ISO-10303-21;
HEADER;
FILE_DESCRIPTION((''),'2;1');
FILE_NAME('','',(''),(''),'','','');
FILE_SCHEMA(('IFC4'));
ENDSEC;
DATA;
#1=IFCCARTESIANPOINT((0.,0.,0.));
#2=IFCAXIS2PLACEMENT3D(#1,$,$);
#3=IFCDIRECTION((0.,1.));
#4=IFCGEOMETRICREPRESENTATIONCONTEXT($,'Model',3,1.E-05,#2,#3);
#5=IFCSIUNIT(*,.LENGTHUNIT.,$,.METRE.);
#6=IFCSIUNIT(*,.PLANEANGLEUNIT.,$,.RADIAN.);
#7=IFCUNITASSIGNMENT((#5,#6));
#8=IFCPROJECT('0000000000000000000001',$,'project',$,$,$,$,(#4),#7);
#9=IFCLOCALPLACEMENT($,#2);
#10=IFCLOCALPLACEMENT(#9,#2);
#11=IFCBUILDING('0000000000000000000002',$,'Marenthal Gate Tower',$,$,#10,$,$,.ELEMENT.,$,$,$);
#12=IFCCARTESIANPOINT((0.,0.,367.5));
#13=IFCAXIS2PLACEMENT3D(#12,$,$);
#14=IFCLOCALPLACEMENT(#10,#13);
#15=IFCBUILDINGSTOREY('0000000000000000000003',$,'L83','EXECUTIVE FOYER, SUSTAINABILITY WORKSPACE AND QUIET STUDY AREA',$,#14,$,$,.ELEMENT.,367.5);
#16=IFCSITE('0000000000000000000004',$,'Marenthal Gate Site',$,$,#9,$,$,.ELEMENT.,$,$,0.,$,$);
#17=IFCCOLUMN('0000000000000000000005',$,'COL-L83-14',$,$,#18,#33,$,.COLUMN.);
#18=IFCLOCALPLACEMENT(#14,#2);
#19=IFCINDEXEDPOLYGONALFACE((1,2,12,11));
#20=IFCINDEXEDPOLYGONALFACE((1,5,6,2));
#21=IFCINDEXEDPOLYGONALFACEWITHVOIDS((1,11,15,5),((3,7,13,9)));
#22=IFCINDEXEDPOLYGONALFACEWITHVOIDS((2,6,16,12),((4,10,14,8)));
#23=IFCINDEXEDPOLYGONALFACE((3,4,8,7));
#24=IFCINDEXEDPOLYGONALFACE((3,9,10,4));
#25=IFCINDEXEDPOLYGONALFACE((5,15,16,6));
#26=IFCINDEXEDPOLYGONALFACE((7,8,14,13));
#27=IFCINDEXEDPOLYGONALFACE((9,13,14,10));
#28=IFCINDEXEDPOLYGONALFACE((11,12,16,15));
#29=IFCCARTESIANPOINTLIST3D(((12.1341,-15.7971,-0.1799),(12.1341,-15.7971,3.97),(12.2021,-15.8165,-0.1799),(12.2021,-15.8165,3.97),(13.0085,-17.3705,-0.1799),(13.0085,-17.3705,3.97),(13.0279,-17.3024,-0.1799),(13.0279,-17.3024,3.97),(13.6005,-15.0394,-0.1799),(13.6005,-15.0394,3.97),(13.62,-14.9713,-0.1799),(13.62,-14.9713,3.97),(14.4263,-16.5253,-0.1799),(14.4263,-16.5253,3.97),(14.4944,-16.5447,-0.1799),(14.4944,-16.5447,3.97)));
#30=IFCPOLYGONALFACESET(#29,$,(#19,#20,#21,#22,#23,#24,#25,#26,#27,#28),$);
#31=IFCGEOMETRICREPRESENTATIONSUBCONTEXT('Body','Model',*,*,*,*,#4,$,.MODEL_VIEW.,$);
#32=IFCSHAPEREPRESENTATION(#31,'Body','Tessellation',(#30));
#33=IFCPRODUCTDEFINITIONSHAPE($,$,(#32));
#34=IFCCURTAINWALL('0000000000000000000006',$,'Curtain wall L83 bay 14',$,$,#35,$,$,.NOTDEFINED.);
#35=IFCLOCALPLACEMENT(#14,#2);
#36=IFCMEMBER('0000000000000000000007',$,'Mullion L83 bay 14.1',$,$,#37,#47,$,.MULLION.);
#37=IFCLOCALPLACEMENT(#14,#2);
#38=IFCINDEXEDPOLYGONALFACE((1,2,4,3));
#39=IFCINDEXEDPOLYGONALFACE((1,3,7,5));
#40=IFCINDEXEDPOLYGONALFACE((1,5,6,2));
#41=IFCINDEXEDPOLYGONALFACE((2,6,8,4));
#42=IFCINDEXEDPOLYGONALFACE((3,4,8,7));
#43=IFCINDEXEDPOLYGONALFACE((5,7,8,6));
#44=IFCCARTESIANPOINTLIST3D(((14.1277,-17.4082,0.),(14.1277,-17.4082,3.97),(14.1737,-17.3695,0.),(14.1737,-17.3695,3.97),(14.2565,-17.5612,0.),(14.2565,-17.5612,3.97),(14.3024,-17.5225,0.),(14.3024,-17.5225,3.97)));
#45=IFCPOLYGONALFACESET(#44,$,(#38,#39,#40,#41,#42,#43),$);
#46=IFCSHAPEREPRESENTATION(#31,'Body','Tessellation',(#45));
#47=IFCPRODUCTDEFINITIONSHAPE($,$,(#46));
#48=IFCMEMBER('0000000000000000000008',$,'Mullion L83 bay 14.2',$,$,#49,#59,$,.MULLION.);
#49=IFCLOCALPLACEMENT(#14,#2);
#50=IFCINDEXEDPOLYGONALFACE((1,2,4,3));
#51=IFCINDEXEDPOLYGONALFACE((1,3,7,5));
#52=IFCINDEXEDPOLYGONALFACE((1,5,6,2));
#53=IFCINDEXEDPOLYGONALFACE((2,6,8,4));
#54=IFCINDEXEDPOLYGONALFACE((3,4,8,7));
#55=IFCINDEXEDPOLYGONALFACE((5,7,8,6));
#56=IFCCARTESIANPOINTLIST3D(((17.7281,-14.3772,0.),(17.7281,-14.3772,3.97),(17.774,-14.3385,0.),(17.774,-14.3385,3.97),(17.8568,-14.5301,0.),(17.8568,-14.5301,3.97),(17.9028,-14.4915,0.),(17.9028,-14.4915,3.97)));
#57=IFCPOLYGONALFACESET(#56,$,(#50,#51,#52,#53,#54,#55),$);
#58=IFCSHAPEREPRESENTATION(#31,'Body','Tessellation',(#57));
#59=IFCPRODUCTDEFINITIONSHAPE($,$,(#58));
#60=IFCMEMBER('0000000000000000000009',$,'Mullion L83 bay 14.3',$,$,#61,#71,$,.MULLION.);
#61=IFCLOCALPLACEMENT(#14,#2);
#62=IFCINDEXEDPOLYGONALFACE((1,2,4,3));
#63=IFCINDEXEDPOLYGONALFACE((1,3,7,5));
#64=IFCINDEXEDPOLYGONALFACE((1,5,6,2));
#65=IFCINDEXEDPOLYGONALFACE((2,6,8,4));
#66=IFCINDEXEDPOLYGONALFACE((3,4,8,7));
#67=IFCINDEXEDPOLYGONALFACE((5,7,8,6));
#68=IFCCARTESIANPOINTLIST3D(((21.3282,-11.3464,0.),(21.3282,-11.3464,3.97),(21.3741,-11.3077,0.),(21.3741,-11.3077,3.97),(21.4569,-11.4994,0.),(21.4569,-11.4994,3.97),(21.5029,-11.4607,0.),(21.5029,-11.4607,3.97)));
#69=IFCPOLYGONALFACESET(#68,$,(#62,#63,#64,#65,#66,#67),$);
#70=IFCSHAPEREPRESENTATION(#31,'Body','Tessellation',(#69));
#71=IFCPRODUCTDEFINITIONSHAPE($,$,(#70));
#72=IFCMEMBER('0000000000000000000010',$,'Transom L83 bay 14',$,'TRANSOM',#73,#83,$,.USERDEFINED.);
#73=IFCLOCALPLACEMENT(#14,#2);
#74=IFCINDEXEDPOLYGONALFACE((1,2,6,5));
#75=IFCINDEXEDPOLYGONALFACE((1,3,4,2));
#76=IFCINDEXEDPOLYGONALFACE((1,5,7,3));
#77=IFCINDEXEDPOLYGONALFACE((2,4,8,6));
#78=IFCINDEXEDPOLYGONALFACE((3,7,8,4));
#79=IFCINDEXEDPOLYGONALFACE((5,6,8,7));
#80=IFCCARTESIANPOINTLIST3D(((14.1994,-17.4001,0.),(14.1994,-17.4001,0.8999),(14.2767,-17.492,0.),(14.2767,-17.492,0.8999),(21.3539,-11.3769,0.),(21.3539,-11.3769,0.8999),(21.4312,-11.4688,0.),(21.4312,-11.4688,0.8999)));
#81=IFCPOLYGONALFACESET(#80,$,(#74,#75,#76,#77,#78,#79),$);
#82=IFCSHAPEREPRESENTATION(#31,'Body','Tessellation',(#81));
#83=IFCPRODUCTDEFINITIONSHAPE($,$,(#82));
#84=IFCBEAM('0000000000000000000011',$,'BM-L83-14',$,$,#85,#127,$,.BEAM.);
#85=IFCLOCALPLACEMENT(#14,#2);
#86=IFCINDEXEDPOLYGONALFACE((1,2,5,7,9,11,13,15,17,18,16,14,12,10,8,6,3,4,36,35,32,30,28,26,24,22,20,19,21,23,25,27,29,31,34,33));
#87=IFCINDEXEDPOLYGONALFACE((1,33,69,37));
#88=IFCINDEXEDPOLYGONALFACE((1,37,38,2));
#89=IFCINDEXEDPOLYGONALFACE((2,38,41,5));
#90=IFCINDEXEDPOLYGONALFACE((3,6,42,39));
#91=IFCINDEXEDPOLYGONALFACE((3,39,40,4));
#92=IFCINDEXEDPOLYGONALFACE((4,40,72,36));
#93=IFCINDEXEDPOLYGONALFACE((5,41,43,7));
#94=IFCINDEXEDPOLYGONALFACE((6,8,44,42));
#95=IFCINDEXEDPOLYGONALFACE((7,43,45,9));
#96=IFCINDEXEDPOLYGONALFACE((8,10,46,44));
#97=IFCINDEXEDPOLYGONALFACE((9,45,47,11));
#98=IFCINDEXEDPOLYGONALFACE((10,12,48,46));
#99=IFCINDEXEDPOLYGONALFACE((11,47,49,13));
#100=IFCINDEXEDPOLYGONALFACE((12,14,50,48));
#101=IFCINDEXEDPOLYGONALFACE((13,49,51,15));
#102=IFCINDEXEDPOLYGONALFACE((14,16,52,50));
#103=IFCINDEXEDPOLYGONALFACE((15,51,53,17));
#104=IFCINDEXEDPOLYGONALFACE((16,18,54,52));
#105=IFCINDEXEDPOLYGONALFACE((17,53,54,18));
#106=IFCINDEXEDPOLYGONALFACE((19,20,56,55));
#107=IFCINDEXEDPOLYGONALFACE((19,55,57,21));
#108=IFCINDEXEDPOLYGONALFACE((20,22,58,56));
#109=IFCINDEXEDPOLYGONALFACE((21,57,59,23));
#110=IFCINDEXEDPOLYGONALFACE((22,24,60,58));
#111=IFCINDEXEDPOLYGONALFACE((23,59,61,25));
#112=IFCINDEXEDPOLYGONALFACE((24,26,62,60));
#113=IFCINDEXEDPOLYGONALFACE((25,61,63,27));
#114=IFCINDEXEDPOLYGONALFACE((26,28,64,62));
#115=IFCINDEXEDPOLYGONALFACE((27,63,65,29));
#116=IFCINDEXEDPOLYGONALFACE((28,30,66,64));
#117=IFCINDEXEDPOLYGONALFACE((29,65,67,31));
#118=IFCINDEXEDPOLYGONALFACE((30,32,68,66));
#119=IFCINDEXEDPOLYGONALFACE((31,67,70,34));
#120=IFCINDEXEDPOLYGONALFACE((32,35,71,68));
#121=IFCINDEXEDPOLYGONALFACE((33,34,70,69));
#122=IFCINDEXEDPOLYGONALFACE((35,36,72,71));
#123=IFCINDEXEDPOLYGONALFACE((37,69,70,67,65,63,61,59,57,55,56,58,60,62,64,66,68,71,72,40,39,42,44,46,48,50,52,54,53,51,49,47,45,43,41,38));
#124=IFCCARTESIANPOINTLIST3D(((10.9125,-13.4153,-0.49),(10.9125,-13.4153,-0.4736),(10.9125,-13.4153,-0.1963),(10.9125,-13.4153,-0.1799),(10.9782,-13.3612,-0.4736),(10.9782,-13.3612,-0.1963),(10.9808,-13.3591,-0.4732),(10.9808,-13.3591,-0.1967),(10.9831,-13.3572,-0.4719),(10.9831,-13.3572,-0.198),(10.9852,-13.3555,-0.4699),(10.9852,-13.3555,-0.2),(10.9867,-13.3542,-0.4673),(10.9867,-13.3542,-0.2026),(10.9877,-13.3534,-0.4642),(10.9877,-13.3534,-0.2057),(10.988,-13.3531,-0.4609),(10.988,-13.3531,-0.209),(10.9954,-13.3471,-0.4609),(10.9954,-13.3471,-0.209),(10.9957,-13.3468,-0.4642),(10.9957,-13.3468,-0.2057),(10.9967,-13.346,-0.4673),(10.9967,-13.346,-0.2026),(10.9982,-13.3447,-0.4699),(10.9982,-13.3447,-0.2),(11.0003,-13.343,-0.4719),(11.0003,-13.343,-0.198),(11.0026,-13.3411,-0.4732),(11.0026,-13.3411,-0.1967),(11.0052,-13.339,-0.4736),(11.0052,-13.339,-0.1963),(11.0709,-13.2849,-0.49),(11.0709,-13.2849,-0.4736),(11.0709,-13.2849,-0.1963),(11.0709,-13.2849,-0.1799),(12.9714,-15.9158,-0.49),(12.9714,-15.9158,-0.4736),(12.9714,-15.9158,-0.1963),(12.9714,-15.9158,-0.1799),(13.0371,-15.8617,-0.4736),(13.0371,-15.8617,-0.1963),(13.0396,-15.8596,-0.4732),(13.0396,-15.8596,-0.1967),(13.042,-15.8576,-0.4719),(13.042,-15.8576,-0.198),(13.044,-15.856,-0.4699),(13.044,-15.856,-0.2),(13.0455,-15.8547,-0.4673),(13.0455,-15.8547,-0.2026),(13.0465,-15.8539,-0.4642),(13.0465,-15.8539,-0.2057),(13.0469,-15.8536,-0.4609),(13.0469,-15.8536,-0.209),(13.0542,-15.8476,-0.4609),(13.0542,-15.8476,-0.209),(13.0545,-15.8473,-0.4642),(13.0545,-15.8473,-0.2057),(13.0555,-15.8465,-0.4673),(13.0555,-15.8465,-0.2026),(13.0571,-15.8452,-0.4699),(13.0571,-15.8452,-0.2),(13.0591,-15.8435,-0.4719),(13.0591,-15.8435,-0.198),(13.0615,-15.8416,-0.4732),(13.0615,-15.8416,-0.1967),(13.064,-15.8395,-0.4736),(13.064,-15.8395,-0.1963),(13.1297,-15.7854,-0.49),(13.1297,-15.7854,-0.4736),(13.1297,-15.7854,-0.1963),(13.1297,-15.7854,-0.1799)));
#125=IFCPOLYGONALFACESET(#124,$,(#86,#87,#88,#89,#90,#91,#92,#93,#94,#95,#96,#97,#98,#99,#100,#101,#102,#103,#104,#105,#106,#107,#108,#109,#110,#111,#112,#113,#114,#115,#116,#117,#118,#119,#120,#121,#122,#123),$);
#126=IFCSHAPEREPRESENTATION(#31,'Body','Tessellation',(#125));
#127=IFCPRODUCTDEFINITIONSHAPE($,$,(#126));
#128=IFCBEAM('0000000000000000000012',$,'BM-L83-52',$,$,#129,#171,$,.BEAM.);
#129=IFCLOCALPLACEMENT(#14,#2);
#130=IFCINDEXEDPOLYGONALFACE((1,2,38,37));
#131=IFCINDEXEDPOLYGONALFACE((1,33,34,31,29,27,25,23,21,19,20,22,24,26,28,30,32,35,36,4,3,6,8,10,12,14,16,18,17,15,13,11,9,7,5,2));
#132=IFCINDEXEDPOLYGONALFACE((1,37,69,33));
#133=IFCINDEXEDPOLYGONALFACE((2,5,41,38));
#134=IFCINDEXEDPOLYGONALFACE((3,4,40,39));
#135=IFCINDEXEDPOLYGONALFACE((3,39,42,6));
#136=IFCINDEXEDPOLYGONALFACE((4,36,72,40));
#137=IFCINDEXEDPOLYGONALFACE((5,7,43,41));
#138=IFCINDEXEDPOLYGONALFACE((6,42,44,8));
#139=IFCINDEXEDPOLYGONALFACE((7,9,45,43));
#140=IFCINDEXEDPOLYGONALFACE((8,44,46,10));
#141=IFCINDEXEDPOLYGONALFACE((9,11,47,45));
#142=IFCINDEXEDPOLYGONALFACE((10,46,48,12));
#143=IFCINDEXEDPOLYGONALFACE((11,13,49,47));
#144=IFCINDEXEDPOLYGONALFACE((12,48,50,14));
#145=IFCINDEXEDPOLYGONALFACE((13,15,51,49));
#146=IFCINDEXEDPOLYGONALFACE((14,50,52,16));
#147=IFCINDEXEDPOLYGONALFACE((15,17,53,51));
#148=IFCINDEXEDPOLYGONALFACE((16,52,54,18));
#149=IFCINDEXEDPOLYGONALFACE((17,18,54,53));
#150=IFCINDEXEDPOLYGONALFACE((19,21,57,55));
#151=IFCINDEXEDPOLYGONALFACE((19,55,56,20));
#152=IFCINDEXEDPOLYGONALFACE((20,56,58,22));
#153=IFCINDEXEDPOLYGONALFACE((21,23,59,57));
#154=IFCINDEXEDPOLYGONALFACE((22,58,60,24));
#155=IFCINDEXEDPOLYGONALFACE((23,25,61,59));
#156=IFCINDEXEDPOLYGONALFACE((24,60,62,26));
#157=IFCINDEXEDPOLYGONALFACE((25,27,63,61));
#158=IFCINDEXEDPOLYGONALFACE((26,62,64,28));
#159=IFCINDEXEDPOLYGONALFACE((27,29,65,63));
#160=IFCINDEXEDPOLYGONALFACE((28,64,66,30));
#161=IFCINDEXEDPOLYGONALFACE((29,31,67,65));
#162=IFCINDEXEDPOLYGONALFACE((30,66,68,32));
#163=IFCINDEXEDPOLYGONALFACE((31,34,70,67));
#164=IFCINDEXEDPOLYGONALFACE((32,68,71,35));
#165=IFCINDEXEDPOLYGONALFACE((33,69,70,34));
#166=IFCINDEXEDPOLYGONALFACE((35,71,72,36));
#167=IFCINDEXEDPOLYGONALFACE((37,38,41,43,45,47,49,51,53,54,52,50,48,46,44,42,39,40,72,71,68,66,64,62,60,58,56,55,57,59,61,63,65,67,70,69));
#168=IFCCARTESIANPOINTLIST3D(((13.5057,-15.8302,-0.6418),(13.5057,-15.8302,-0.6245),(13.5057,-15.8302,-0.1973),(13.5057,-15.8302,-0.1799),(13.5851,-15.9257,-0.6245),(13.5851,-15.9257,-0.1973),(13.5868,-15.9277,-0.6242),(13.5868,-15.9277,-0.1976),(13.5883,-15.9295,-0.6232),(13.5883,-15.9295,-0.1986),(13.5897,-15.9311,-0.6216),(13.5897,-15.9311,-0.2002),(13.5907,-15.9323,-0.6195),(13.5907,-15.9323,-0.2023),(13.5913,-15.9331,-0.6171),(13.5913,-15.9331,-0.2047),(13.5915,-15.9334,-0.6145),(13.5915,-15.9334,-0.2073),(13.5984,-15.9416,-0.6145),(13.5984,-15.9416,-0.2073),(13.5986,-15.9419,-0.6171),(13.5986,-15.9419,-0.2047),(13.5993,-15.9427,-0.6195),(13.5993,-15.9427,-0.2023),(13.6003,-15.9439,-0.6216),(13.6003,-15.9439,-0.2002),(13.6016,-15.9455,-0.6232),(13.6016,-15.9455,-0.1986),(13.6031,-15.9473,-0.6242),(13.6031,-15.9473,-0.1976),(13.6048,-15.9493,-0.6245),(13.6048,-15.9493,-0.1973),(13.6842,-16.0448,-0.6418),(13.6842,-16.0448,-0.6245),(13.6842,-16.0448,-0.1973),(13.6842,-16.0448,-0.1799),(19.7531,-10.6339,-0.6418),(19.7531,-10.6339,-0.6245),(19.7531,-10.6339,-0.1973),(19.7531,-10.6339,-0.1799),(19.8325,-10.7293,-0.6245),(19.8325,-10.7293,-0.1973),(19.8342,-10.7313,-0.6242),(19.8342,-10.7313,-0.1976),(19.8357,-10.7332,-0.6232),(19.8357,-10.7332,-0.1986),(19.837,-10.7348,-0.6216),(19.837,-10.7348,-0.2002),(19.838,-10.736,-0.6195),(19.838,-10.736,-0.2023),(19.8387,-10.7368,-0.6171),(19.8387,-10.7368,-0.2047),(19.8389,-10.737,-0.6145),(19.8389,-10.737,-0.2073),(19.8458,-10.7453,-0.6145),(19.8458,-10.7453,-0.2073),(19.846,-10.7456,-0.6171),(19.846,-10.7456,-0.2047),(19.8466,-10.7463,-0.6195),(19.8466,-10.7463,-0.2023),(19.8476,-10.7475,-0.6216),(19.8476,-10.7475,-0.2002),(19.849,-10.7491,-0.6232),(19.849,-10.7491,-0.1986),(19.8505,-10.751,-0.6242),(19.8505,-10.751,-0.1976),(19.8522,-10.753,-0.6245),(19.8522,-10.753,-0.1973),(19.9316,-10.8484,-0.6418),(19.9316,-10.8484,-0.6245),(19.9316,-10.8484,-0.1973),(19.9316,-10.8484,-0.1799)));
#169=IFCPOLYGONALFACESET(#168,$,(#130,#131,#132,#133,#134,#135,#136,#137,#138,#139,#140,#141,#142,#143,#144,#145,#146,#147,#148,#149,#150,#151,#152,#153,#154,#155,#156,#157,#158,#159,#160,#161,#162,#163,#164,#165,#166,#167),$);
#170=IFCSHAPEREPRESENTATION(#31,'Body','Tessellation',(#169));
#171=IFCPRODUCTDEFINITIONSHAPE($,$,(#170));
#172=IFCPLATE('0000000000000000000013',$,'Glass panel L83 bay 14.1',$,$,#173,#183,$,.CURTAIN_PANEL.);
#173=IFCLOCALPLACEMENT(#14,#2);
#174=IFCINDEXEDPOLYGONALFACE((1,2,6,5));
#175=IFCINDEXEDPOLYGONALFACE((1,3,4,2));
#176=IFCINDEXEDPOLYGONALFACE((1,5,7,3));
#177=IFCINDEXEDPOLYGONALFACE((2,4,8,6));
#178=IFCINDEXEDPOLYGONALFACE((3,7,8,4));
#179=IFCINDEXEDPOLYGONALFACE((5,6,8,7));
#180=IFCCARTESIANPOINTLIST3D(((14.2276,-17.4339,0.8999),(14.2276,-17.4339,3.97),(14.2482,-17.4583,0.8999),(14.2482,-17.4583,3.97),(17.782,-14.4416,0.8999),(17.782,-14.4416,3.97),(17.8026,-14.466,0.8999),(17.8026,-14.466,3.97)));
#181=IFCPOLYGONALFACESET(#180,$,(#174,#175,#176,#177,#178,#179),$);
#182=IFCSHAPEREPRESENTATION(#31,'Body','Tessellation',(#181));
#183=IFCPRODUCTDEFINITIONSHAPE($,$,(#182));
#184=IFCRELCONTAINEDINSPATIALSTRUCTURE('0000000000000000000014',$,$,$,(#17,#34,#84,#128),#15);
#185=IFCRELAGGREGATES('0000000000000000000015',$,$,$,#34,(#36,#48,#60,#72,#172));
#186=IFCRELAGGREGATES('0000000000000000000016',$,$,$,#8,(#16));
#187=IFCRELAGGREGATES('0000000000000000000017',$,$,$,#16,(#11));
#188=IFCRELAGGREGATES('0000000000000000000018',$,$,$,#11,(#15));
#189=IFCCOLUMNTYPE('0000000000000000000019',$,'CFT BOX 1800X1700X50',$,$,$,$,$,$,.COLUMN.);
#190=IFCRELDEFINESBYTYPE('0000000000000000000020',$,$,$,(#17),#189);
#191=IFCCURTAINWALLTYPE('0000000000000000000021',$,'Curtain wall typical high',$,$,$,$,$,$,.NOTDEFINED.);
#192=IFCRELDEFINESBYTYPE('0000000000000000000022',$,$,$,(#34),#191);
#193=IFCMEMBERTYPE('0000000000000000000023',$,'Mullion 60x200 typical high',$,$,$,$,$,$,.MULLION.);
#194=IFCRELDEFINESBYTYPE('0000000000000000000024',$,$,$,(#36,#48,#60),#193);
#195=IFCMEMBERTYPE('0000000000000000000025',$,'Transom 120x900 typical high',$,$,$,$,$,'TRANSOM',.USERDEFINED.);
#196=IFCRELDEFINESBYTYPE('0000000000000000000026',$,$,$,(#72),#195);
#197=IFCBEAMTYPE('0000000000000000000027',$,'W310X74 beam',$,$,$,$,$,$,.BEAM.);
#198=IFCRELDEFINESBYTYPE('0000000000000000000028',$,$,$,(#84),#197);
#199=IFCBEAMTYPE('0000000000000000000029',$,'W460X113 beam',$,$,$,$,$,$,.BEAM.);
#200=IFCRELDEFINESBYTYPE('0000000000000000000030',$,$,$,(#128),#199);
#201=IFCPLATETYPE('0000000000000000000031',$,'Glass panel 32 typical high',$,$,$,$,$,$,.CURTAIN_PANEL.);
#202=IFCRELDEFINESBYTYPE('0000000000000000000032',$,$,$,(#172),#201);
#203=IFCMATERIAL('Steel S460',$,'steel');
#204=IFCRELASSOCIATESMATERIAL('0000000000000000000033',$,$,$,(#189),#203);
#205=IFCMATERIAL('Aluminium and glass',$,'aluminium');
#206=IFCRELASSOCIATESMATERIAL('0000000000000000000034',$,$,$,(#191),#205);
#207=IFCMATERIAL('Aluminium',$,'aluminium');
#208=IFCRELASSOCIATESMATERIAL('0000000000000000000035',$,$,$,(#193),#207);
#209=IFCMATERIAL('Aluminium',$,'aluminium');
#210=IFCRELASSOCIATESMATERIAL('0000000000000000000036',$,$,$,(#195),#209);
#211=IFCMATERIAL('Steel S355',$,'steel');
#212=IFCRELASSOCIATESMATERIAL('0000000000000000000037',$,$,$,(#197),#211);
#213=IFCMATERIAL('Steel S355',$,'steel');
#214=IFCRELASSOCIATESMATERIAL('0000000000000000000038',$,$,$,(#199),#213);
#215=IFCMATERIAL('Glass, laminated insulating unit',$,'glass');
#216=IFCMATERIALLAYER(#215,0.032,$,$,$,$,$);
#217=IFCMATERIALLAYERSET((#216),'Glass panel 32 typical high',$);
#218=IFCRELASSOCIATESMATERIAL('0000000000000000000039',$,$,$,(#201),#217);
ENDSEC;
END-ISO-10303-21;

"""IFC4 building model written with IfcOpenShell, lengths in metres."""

from ifc_helpers import new_model, si_unit, direction, frame, origin, origin_2d, place, context, subcontext, project, spatial, rectangle, hollow_rectangle, i_section, extrude, material, layer, layer_set, material_profile, profile_set, type_object, element, aggregate, save


model = new_model("IFC4")

# Units and contexts
model_context = context("Model", 3, precision=1e-05, world=origin(), true_north=direction((0.0, 1.0)))
body_context = subcontext(model_context, "Body", "Model", "MODEL_VIEW")
ifc_project = project(units=[si_unit("LENGTHUNIT", "METRE"), si_unit("PLANEANGLEUNIT", "RADIAN")], contexts=[model_context])

# Site, building, storey
site_placement = place(None, origin())
site = spatial("IfcSite", under=ifc_project, at=site_placement, Name="Marenthal Gate Site", CompositionType="ELEMENT", RefElevation=0.0)
building_placement = place(site_placement, origin())
building = spatial("IfcBuilding", under=site, at=building_placement, Name="Marenthal Gate Tower", CompositionType="ELEMENT")
storey_placement = place(building_placement, frame((0.0, 0.0, 367.5)))
storey = spatial("IfcBuildingStorey", under=building, at=storey_placement, Name="L83", Description="EXECUTIVE FOYER, SUSTAINABILITY WORKSPACE AND QUIET STUDY AREA", CompositionType="ELEMENT", Elevation=367.5)

# Column
ifc_material_1 = material(Name="Steel S460", Category="steel")
ifc_material_profile_1 = material_profile(ifc_material_1, hollow_rectangle(XDim=1.7, YDim=1.8, WallThickness=0.05, at=origin_2d()), Name="CFT BOX 1800X1700X50")
ifc_material_2 = material(Name="Concrete 70 MPa", Category="concrete")
ifc_material_profile_2 = material_profile(ifc_material_2, rectangle(XDim=1.6001, YDim=1.7, at=origin_2d()), Name="CFT BOX 1800X1700X50 INFILL")
ifc_profile_set_1 = profile_set([ifc_material_profile_1, ifc_material_profile_2], Name="Steel S460 shell, Concrete 70 MPa infill")
column_type = type_object("IfcColumnType", Name="CFT BOX 1800X1700X50", PredefinedType="COLUMN", material=ifc_profile_set_1)
column_placement = place(storey_placement, frame((13.3142, -16.1709, -0.1799), z_axis=(0.0, 0.0, 1.0), x_axis=(-0.874089, -0.485765, 0.0)))
element("IfcColumn", 1, at=column_placement, inside=storey, type_object=column_type, Name="COL-L83-14", PredefinedType="COLUMN", context=body_context, shape_type="SweptSolid", body=[
    extrude(hollow_rectangle(XDim=1.7, YDim=1.8, WallThickness=0.05, at=origin_2d()), origin(), (0.0, 0.0, 1.0), 4.1499),
])

# Curtain wall, members
ifc_material_3 = material(Name="Aluminium and glass", Category="aluminium")
curtain_wall_type = type_object("IfcCurtainWallType", Name="Curtain wall typical high", PredefinedType="NOTDEFINED", material=ifc_material_3)
curtain_wall_placement = place(storey_placement, origin())
curtain_wall = element("IfcCurtainWall", 2, at=curtain_wall_placement, inside=storey, type_object=curtain_wall_type, Name="Curtain wall L83 bay 14", PredefinedType="NOTDEFINED")
ifc_material_4 = material(Name="Aluminium", Category="aluminium")
ifc_material_profile_3 = material_profile(ifc_material_4, rectangle(XDim=0.2, YDim=0.0601, at=origin_2d()), Name="60x200 aluminium mullion")
ifc_profile_set_2 = profile_set([ifc_material_profile_3], Name="Aluminium")
member_type_1 = type_object("IfcMemberType", Name="Mullion 60x200 typical high", PredefinedType="MULLION", material=ifc_profile_set_2)
member_1_placement = place(storey_placement, frame((14.2151, -17.4653, 0.0), z_axis=(0.0, 0.0, 1.0), x_axis=(-0.644023, 0.765006, 0.0)))
member_1 = element("IfcMember", 3, at=member_1_placement, type_object=member_type_1, Name="Mullion L83 bay 14.1", PredefinedType="MULLION", context=body_context, shape_type="SweptSolid", body=[
    extrude(rectangle(XDim=0.2, YDim=0.0601, at=origin_2d()), origin(), (0.0, 0.0, 1.0), 3.97),
])
member_2_placement = place(storey_placement, frame((17.8154, -14.4343, 0.0), z_axis=(0.0, 0.0, 1.0), x_axis=(-0.644023, 0.765006, 0.0)))
member_2 = element("IfcMember", 4, at=member_2_placement, type_object=member_type_1, Name="Mullion L83 bay 14.2", PredefinedType="MULLION", context=body_context, shape_type="SweptSolid", body=[
    extrude(rectangle(XDim=0.2, YDim=0.0601, at=origin_2d()), origin(), (0.0, 0.0, 1.0), 3.97),
])
member_3_placement = place(storey_placement, frame((21.4155, -11.4036, 0.0), z_axis=(0.0, 0.0, 1.0), x_axis=(-0.644023, 0.765006, 0.0)))
member_3 = element("IfcMember", 5, at=member_3_placement, type_object=member_type_1, Name="Mullion L83 bay 14.3", PredefinedType="MULLION", context=body_context, shape_type="SweptSolid", body=[
    extrude(rectangle(XDim=0.2, YDim=0.0601, at=origin_2d()), origin(), (0.0, 0.0, 1.0), 3.97),
])
ifc_material_5 = material(Name="Aluminium", Category="aluminium")
ifc_material_profile_4 = material_profile(ifc_material_5, rectangle(XDim=0.1201, YDim=0.8999, at=origin_2d()), Name="120x900 aluminium transom")
ifc_profile_set_3 = profile_set([ifc_material_profile_4], Name="Aluminium")
member_type_2 = type_object("IfcMemberType", Name="Transom 120x900 typical high", ElementType="TRANSOM", PredefinedType="USERDEFINED", material=ifc_profile_set_3)
member_4_placement = place(storey_placement, frame((14.238, -17.446, 0.45), z_axis=(0.765, 0.64403, 0.0), x_axis=(-0.64403, 0.765, 0.0)))
member_4 = element("IfcMember", 6, at=member_4_placement, type_object=member_type_2, Name="Transom L83 bay 14", ObjectType="TRANSOM", PredefinedType="USERDEFINED", context=body_context, shape_type="SweptSolid", body=[
    extrude(rectangle(XDim=0.1201, YDim=0.8999, at=origin_2d()), origin(), (0.0, 0.0, 1.0), 9.3523),
])

# Beams
ifc_material_6 = material(Name="Steel S355", Category="steel")
ifc_material_profile_5 = material_profile(ifc_material_6, i_section(OverallWidth=0.2051, OverallDepth=0.3101, WebThickness=0.0095, FlangeThickness=0.0164, FilletRadius=0.0127, at=origin_2d()), Name="W310X74")
ifc_profile_set_4 = profile_set([ifc_material_profile_5], Name="Steel S355")
beam_type_1 = type_object("IfcBeamType", Name="W310X74 beam", PredefinedType="BEAM", material=ifc_profile_set_4)
beam_1_placement = place(storey_placement, frame((13.0505, -15.8506, -0.335), z_axis=(-0.635636, 0.771989, 0.0), x_axis=(-0.771989, -0.635636, 0.0)))
element("IfcBeam", 7, at=beam_1_placement, inside=storey, type_object=beam_type_1, Name="BM-L83-14", PredefinedType="BEAM", context=body_context, shape_type="SweptSolid", body=[
    extrude(i_section(OverallWidth=0.2051, OverallDepth=0.3101, WebThickness=0.0095, FlangeThickness=0.0164, FilletRadius=0.0127, at=origin_2d()), origin(), (0.0, 0.0, 1.0), 3.239),
])
ifc_material_7 = material(Name="Steel S355", Category="steel")
ifc_material_profile_6 = material_profile(ifc_material_7, i_section(OverallWidth=0.2791, OverallDepth=0.4619, WebThickness=0.0107, FlangeThickness=0.0173, FilletRadius=0.01, at=origin_2d()), Name="W460X113")
ifc_profile_set_5 = profile_set([ifc_material_profile_6], Name="Steel S355")
beam_type_2 = type_object("IfcBeamType", Name="W460X113 beam", PredefinedType="BEAM", material=ifc_profile_set_5)
beam_2_placement = place(storey_placement, frame((13.595, -15.9375, -0.4109), z_axis=(0.768814, 0.639472, 0.0), x_axis=(-0.639472, 0.768814, 0.0)))
element("IfcBeam", 8, at=beam_2_placement, inside=storey, type_object=beam_type_2, Name="BM-L83-52", PredefinedType="BEAM", context=body_context, shape_type="SweptSolid", body=[
    extrude(i_section(OverallWidth=0.2791, OverallDepth=0.4619, WebThickness=0.0107, FlangeThickness=0.0173, FilletRadius=0.01, at=origin_2d()), origin(), (0.0, 0.0, 1.0), 8.126),
])

# Plate
ifc_material_8 = material(Name="Glass, laminated insulating unit", Category="glass")
ifc_layer_1 = layer(ifc_material_8, 0.032)
ifc_layer_set_1 = layer_set([ifc_layer_1], Name="Glass panel 32 typical high")
plate_type = type_object("IfcPlateType", Name="Glass panel 32 typical high", PredefinedType="CURTAIN_PANEL", material=ifc_layer_set_1)
plate_1_placement = place(storey_placement, frame((16.0151, -15.95, 0.8999), z_axis=(0.0, 0.0, 1.0), x_axis=(0.765006, 0.644023, 0.0)))
plate_1 = element("IfcPlate", 9, at=plate_1_placement, type_object=plate_type, Name="Glass panel L83 bay 14.1", PredefinedType="CURTAIN_PANEL", context=body_context, shape_type="SweptSolid", body=[
    extrude(rectangle(XDim=4.6462, YDim=0.032, at=origin_2d()), origin(), (0.0, 0.0, 1.0), 3.0701),
])
aggregate(curtain_wall, [member_1, member_2, member_3, member_4, plate_1])

save(model, "model.ifc")
